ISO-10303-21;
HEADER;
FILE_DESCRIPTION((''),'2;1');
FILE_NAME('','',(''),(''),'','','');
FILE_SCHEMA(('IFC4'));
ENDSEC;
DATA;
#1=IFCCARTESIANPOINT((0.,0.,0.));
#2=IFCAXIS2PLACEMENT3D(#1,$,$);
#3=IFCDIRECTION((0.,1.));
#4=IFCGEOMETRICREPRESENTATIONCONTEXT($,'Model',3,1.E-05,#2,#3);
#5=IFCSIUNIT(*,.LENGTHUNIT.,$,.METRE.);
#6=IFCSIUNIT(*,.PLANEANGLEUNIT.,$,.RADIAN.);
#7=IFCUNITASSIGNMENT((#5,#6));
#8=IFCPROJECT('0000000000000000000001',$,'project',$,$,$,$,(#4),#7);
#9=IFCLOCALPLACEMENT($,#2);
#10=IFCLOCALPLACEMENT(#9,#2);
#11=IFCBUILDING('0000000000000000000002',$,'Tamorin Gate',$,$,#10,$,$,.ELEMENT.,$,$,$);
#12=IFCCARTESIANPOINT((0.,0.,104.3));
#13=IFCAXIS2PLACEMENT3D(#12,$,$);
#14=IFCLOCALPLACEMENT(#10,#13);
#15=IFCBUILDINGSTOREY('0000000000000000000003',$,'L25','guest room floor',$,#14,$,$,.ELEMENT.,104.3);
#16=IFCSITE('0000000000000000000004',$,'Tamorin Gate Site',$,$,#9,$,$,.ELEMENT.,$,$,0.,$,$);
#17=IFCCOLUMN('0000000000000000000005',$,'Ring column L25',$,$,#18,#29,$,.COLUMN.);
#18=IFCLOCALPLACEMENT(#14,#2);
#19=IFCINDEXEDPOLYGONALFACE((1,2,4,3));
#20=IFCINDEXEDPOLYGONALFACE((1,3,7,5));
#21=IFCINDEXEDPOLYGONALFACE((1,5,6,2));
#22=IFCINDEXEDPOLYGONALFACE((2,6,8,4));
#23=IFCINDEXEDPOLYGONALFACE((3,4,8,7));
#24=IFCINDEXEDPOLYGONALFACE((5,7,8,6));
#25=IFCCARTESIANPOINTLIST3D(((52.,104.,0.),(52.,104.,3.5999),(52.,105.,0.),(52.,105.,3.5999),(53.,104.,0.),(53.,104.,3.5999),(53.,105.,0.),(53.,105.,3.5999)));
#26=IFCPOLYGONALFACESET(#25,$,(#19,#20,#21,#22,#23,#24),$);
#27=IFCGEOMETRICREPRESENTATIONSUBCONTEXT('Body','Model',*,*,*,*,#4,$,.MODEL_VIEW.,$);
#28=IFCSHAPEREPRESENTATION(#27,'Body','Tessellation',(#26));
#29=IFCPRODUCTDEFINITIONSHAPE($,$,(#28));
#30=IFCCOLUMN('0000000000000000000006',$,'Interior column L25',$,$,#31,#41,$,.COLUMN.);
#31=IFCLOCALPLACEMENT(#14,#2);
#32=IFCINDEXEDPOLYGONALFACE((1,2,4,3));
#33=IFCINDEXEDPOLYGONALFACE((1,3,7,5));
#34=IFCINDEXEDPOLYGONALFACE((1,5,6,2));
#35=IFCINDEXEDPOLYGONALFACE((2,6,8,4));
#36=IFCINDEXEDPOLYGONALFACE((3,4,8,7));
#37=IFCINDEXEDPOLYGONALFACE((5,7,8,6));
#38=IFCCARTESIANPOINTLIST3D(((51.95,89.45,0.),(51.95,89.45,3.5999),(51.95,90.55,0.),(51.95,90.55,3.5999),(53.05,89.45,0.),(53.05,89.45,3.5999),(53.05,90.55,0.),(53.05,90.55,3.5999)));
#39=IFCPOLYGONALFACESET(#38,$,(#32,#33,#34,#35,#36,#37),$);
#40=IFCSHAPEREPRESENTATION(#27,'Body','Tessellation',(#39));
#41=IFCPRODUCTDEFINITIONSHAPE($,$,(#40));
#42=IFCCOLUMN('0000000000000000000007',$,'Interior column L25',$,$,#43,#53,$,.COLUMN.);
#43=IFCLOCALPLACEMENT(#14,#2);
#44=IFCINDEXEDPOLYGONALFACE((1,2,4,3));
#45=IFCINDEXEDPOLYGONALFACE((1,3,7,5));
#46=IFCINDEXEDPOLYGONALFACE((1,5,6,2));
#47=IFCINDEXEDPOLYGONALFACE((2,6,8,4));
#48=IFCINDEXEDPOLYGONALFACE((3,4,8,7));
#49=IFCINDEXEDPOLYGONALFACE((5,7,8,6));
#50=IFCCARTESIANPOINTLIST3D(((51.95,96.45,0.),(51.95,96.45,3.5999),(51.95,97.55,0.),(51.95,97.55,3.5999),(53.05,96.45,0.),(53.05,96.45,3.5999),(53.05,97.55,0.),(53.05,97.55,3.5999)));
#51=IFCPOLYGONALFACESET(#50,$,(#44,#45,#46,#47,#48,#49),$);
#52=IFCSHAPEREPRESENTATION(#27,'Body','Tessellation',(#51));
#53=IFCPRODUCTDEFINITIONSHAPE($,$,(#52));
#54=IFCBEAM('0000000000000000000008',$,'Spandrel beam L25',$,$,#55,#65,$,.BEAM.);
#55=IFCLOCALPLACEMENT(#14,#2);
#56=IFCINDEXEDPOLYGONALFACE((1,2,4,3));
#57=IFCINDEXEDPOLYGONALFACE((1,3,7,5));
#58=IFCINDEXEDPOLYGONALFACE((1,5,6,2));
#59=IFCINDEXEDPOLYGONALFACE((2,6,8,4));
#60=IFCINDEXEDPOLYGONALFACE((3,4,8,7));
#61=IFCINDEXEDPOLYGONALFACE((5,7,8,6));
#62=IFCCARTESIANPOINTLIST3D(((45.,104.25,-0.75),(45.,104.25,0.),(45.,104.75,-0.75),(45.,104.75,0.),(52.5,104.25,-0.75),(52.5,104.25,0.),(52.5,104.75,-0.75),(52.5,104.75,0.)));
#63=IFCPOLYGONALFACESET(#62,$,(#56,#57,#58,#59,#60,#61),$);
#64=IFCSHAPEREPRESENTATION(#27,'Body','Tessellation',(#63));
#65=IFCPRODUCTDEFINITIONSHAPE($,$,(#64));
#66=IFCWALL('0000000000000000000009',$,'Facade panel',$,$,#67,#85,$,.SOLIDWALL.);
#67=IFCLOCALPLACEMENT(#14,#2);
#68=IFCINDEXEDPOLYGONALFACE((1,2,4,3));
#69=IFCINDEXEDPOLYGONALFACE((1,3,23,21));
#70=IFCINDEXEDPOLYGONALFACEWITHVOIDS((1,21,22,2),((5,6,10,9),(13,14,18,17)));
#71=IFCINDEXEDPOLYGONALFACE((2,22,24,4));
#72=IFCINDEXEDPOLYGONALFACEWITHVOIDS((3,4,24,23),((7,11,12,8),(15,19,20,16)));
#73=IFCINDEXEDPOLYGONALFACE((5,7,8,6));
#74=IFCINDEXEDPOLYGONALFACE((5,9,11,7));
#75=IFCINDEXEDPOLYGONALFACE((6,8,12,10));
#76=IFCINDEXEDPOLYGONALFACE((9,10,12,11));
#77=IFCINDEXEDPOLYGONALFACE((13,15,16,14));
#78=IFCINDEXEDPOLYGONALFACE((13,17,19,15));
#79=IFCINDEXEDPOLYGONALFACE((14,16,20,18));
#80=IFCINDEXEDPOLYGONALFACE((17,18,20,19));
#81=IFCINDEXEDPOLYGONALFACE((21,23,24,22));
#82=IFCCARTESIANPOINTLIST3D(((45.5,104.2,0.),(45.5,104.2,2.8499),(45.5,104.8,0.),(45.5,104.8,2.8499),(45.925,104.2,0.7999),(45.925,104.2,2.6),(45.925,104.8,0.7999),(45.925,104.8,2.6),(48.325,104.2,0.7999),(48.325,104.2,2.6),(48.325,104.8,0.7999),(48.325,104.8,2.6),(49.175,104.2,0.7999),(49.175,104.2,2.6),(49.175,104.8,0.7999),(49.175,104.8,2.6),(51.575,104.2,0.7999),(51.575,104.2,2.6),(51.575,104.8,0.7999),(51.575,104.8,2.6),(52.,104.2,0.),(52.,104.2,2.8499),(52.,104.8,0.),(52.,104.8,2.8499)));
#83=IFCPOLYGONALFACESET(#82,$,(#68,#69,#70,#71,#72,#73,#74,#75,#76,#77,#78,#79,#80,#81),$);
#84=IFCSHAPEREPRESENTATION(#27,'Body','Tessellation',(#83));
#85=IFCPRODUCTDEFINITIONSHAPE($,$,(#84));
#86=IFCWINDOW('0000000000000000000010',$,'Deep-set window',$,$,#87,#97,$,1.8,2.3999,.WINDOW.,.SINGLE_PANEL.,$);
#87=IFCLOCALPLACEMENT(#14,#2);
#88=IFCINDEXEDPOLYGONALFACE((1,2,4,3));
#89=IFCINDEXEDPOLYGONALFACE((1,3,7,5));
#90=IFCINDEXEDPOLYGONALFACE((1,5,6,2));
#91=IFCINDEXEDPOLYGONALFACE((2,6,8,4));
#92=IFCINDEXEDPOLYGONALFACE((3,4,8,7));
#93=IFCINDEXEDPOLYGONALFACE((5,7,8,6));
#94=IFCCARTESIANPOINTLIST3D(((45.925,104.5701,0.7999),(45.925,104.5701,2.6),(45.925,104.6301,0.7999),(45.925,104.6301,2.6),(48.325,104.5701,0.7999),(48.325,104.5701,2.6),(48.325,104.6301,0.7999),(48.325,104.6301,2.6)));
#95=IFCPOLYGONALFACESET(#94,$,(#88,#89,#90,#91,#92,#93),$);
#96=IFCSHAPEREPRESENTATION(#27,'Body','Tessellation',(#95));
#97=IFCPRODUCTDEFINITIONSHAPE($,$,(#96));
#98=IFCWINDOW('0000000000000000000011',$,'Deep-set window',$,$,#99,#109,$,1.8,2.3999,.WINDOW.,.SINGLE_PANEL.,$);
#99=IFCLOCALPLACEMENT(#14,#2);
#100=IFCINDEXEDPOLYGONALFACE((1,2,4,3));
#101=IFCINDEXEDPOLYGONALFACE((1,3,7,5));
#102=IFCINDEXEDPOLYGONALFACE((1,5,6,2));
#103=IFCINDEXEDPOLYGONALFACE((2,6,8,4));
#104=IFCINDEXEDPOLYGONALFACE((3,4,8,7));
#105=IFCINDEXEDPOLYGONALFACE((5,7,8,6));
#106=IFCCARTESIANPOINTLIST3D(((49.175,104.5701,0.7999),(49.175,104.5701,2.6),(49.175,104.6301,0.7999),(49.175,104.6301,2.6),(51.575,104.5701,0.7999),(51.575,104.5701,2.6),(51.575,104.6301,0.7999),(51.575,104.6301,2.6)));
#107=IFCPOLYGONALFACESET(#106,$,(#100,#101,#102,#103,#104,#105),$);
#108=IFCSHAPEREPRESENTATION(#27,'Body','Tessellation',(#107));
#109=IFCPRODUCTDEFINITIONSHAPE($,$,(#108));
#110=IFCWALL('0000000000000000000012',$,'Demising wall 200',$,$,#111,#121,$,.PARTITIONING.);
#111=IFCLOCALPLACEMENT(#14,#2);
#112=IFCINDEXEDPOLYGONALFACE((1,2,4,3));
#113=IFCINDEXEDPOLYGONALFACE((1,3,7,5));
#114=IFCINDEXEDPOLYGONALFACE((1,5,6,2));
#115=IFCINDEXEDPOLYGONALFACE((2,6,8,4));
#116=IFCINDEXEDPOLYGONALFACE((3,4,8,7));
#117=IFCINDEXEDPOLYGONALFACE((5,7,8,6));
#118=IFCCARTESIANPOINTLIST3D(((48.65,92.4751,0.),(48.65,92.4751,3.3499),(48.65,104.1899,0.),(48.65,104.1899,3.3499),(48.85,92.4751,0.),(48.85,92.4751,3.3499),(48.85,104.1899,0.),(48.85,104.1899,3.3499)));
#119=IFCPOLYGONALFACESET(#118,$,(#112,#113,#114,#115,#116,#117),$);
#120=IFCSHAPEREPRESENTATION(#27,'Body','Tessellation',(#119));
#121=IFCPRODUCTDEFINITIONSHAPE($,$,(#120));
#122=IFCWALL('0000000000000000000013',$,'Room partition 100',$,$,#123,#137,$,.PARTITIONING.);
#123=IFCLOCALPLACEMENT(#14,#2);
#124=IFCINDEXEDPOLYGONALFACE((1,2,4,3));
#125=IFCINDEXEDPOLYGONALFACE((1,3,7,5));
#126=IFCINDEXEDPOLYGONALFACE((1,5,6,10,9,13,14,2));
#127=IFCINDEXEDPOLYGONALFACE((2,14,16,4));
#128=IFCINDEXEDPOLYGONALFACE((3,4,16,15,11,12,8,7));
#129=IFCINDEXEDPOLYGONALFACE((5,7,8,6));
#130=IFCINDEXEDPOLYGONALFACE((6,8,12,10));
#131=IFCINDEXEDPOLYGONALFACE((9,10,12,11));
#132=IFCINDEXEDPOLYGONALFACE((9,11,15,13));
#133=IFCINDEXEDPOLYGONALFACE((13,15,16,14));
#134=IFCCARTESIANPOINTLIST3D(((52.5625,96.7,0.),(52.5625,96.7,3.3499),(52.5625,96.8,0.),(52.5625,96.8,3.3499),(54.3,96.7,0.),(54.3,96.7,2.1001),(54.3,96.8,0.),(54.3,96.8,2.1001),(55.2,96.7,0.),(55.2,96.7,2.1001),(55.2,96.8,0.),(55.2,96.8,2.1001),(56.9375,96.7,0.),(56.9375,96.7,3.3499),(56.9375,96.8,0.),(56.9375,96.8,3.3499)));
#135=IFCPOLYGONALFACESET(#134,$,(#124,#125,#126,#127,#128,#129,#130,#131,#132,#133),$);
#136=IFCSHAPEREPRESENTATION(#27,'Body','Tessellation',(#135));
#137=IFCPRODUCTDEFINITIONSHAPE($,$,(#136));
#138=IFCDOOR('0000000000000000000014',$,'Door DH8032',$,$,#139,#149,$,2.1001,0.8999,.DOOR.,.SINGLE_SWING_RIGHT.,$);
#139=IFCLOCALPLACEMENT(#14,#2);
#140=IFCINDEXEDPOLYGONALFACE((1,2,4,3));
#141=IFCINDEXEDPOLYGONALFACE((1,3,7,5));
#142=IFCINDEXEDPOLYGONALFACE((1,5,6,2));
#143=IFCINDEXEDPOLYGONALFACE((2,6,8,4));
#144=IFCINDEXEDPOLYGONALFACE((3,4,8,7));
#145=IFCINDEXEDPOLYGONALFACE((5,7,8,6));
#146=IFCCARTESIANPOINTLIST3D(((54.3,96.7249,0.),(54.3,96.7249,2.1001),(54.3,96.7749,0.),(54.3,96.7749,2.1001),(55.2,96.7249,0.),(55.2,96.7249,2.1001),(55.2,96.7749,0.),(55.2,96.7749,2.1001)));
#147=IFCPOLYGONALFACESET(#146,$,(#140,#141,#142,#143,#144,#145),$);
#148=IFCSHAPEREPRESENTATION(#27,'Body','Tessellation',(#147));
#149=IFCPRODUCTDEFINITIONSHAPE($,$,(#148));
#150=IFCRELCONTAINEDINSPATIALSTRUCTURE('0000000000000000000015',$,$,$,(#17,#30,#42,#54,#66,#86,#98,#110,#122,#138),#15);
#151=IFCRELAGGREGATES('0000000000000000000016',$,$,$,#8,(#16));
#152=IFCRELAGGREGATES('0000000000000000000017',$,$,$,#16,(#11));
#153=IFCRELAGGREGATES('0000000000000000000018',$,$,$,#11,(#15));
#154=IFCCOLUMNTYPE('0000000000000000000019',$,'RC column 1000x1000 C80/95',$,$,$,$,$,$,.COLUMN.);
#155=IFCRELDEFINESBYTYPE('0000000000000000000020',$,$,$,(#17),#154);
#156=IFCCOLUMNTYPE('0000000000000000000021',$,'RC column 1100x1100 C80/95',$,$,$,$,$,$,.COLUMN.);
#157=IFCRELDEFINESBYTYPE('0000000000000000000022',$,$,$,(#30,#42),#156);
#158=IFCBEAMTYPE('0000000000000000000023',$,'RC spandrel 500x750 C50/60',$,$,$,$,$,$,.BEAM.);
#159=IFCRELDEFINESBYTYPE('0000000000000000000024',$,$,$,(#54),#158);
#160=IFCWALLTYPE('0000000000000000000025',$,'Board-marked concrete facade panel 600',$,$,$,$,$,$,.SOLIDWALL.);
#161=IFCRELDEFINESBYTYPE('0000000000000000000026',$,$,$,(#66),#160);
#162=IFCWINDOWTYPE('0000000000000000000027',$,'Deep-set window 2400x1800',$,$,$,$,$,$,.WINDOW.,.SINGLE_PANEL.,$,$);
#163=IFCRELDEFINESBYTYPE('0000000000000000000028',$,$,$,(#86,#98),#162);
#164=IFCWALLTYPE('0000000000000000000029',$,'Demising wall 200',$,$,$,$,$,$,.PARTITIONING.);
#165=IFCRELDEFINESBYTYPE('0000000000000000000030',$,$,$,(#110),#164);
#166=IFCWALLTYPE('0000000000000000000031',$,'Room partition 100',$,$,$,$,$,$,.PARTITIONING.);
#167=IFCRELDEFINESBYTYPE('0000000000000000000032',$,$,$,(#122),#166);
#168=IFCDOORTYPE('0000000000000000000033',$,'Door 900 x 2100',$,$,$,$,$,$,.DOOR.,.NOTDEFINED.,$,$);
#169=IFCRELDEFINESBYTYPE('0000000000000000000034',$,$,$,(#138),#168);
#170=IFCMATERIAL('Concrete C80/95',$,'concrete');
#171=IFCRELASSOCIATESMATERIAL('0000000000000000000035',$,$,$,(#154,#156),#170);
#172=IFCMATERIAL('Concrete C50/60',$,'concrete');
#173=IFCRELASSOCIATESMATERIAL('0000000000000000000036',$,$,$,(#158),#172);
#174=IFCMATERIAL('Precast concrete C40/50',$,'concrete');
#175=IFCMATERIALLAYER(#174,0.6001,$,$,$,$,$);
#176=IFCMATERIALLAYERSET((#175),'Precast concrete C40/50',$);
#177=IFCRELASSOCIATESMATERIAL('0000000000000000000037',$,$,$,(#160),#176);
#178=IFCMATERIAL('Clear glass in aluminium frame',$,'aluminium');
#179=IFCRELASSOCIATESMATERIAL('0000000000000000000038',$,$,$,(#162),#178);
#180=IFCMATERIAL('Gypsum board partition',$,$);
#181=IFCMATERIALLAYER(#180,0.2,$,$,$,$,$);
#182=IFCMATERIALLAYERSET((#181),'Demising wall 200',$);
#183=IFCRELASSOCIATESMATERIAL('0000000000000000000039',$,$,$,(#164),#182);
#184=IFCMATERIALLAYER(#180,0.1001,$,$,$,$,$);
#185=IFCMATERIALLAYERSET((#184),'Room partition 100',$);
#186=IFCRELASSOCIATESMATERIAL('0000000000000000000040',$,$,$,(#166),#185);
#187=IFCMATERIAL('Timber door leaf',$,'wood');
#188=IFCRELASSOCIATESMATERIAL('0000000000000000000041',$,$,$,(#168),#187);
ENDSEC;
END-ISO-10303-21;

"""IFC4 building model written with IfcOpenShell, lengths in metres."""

from ifc_helpers import new_model, si_unit, direction, frame, frame_2d, origin, origin_2d, place, context, subcontext, project, spatial, rectangle, extrude, material, layer, layer_set, material_profile, profile_set, type_object, element, fill, save


model = new_model("IFC4")

# Units and contexts
model_context = context("Model", 3, precision=1e-05, world=origin(), true_north=direction((0.0, 1.0)))
body_context = subcontext(model_context, "Body", "Model", "MODEL_VIEW")
ifc_project = project(units=[si_unit("LENGTHUNIT", "METRE"), si_unit("PLANEANGLEUNIT", "RADIAN")], contexts=[model_context])

# Site, building, storey
site_placement = place(None, origin())
site = spatial("IfcSite", under=ifc_project, at=site_placement, Name="Tamorin Gate Site", CompositionType="ELEMENT", RefElevation=0.0)
building_placement = place(site_placement, origin())
building = spatial("IfcBuilding", under=site, at=building_placement, Name="Tamorin Gate", CompositionType="ELEMENT")
storey_placement = place(building_placement, frame((0.0, 0.0, 104.3)))
storey = spatial("IfcBuildingStorey", under=building, at=storey_placement, Name="L25", Description="guest room floor", CompositionType="ELEMENT", Elevation=104.3)

# Columns
ifc_material_1 = material(Name="Concrete C80/95", Category="concrete")
ifc_material_profile_1 = material_profile(ifc_material_1, rectangle(XDim=1.0, YDim=1.0, at=origin_2d()), Name="RC 1000x1000")
ifc_profile_set_1 = profile_set([ifc_material_profile_1], Name="Concrete C80/95")
column_type_1 = type_object("IfcColumnType", Name="RC column 1000x1000 C80/95", PredefinedType="COLUMN", material=ifc_profile_set_1)
column_placement = place(storey_placement, frame((52.5, 104.5, 0.0), z_axis=(0.0, 0.0, 1.0), x_axis=(1.0, 0.0, 0.0)))
element("IfcColumn", 1, at=column_placement, inside=storey, type_object=column_type_1, Name="Ring column L25", PredefinedType="COLUMN", context=body_context, shape_type="SweptSolid", body=[
    extrude(rectangle(XDim=1.0, YDim=1.0, at=origin_2d()), origin(), (0.0, 0.0, 1.0), 3.5999),
])
ifc_material_profile_2 = material_profile(ifc_material_1, rectangle(XDim=1.1001, YDim=1.1001, at=origin_2d()), Name="RC 1100x1100")
ifc_profile_set_2 = profile_set([ifc_material_profile_2], Name="Concrete C80/95")
column_type_2 = type_object("IfcColumnType", Name="RC column 1100x1100 C80/95", PredefinedType="COLUMN", material=ifc_profile_set_2)
for number, where, z_axis, x_axis, name in (
    (2, (52.5, 90.0, 0.0), (0.0, 0.0, 1.0), (1.0, 0.0, 0.0), "Interior column L25"),
    (3, (52.5, 97.0, 0.0), (0.0, 0.0, 1.0), (1.0, 0.0, 0.0), "Interior column L25"),
):
    element("IfcColumn", number, at=place(storey_placement, frame(where, z_axis=z_axis, x_axis=x_axis)), inside=storey, type_object=column_type_2, Name=name, PredefinedType="COLUMN", context=body_context, shape_type="SweptSolid", body=[
        extrude(rectangle(XDim=1.1001, YDim=1.1001, at=origin_2d()), origin(), (0.0, 0.0, 1.0), 3.5999),
    ])

# Beam
ifc_material_2 = material(Name="Concrete C50/60", Category="concrete")
ifc_material_profile_3 = material_profile(ifc_material_2, rectangle(XDim=0.5, YDim=0.75, at=origin_2d()), Name="RC 500x750")
ifc_profile_set_3 = profile_set([ifc_material_profile_3], Name="Concrete C50/60")
beam_type = type_object("IfcBeamType", Name="RC spandrel 500x750 C50/60", PredefinedType="BEAM", material=ifc_profile_set_3)
beam_placement = place(storey_placement, frame((52.5, 104.5, -0.375), z_axis=(-1.0, 0.0, 0.0), x_axis=(0.0, -1.0, 0.0)))
element("IfcBeam", 4, at=beam_placement, inside=storey, type_object=beam_type, Name="Spandrel beam L25", PredefinedType="BEAM", context=body_context, shape_type="SweptSolid", body=[
    extrude(rectangle(XDim=0.5, YDim=0.75, at=origin_2d()), origin(), (0.0, 0.0, 1.0), 7.5),
])

# Wall, openings, windows
ifc_material_3 = material(Name="Precast concrete C40/50", Category="concrete")
ifc_layer_1 = layer(ifc_material_3, 0.6001)
ifc_layer_set_1 = layer_set([ifc_layer_1], Name="Precast concrete C40/50")
wall_type_1 = type_object("IfcWallType", Name="Board-marked concrete facade panel 600", PredefinedType="SOLIDWALL", material=ifc_layer_set_1)
wall_1_placement = place(storey_placement, frame((52.0, 104.5, 0.0), z_axis=(0.0, 0.0, 1.0), x_axis=(-1.0, 0.0, 0.0)))
wall_1 = element("IfcWall", 5, at=wall_1_placement, inside=storey, type_object=wall_type_1, Name="Facade panel", PredefinedType="SOLIDWALL", context=body_context, shape_type="SweptSolid", body=[
    extrude(rectangle(XDim=6.5, YDim=0.6001, at=frame_2d((3.25, 0.0))), origin(), (0.0, 0.0, 1.0), 2.8499),
])
opening_1_placement = place(wall_1_placement, frame((3.675, 0.0, 0.8)))
opening_1 = element("IfcOpeningElement", 6, at=opening_1_placement, cuts=wall_1, PredefinedType="OPENING", context=body_context, shape_type="SweptSolid", body=[
    extrude(rectangle(XDim=2.3999, YDim=1.8, at=frame_2d((1.2, 0.8999))), frame((0.0, 0.3101, 0.0), z_axis=(0.0, -1.0, 0.0), x_axis=(1.0, 0.0, 0.0)), (0.0, 0.0, 1.0), 0.6201),
])
opening_2_placement = place(wall_1_placement, frame((0.425, 0.0, 0.8)))
opening_2 = element("IfcOpeningElement", 7, at=opening_2_placement, cuts=wall_1, PredefinedType="OPENING", context=body_context, shape_type="SweptSolid", body=[
    extrude(rectangle(XDim=2.3999, YDim=1.8, at=frame_2d((1.2, 0.8999))), frame((0.0, 0.3101, 0.0), z_axis=(0.0, -1.0, 0.0), x_axis=(1.0, 0.0, 0.0)), (0.0, 0.0, 1.0), 0.6201),
])
ifc_material_4 = material(Name="Clear glass in aluminium frame", Category="aluminium")
window_type = type_object("IfcWindowType", Name="Deep-set window 2400x1800", PartitioningType="SINGLE_PANEL", PredefinedType="WINDOW", material=ifc_material_4)
window_1_placement = place(opening_1_placement, origin())
window_1 = element("IfcWindow", 8, at=window_1_placement, inside=storey, type_object=window_type, Name="Deep-set window", OverallHeight=1.8, OverallWidth=2.3999, PartitioningType="SINGLE_PANEL", PredefinedType="WINDOW", context=body_context, shape_type="SweptSolid", body=[
    extrude(rectangle(XDim=2.3999, YDim=1.8, at=frame_2d((1.2, 0.8999))), frame((0.0, -0.0701, 0.0), z_axis=(0.0, -1.0, 0.0), x_axis=(1.0, 0.0, 0.0)), (0.0, 0.0, 1.0), 0.0601),
])
fill(opening_1, window_1)
window_2_placement = place(opening_2_placement, origin())
window_2 = element("IfcWindow", 9, at=window_2_placement, inside=storey, type_object=window_type, Name="Deep-set window", OverallHeight=1.8, OverallWidth=2.3999, PartitioningType="SINGLE_PANEL", PredefinedType="WINDOW", context=body_context, shape_type="SweptSolid", body=[
    extrude(rectangle(XDim=2.3999, YDim=1.8, at=frame_2d((1.2, 0.8999))), frame((0.0, -0.0701, 0.0), z_axis=(0.0, -1.0, 0.0), x_axis=(1.0, 0.0, 0.0)), (0.0, 0.0, 1.0), 0.0601),
])
fill(opening_2, window_2)

# Wall
ifc_material_5 = material(Name="Gypsum board partition")
ifc_layer_2 = layer(ifc_material_5, 0.2)
ifc_layer_set_2 = layer_set([ifc_layer_2], Name="Demising wall 200")
wall_type_2 = type_object("IfcWallType", Name="Demising wall 200", PredefinedType="PARTITIONING", material=ifc_layer_set_2)
wall_2_placement = place(storey_placement, frame((48.75, 92.4751, 0.0), z_axis=(0.0, 0.0, 1.0), x_axis=(0.0, 1.0, 0.0)))
element("IfcWall", 10, at=wall_2_placement, inside=storey, type_object=wall_type_2, Name="Demising wall 200", PredefinedType="PARTITIONING", context=body_context, shape_type="SweptSolid", body=[
    extrude(rectangle(XDim=11.7148, YDim=0.2, at=frame_2d((5.8574, 0.0))), origin(), (0.0, 0.0, 1.0), 3.3499),
])

# Wall, opening, door
ifc_layer_3 = layer(ifc_material_5, 0.1001)
ifc_layer_set_3 = layer_set([ifc_layer_3], Name="Room partition 100")
wall_type_3 = type_object("IfcWallType", Name="Room partition 100", PredefinedType="PARTITIONING", material=ifc_layer_set_3)
wall_3_placement = place(storey_placement, frame((52.5625, 96.75, 0.0), z_axis=(0.0, 0.0, 1.0), x_axis=(1.0, 0.0, 0.0)))
wall_3 = element("IfcWall", 11, at=wall_3_placement, inside=storey, type_object=wall_type_3, Name="Room partition 100", PredefinedType="PARTITIONING", context=body_context, shape_type="SweptSolid", body=[
    extrude(rectangle(XDim=4.375, YDim=0.1001, at=frame_2d((2.1875, 0.0))), origin(), (0.0, 0.0, 1.0), 3.3499),
])
opening_3_placement = place(wall_3_placement, frame((1.7375, 0.0, 0.0)))
opening_3 = element("IfcOpeningElement", 12, at=opening_3_placement, cuts=wall_3, PredefinedType="OPENING", context=body_context, shape_type="SweptSolid", body=[
    extrude(rectangle(XDim=0.8999, YDim=2.1001, at=frame_2d((0.45, 1.05))), frame((0.0, 0.0601, 0.0), z_axis=(0.0, -1.0, 0.0), x_axis=(1.0, 0.0, 0.0)), (0.0, 0.0, 1.0), 0.1201),
])
ifc_material_6 = material(Name="Timber door leaf", Category="wood")
door_type = type_object("IfcDoorType", Name="Door 900 x 2100", OperationType="NOTDEFINED", PredefinedType="DOOR", material=ifc_material_6)
door_1_placement = place(opening_3_placement, origin())
door_1 = element("IfcDoor", 13, at=door_1_placement, inside=storey, type_object=door_type, Name="Door DH8032", OperationType="SINGLE_SWING_RIGHT", OverallHeight=2.1001, OverallWidth=0.8999, PredefinedType="DOOR", context=body_context, shape_type="SweptSolid", body=[
    extrude(rectangle(XDim=0.8999, YDim=2.1001, at=frame_2d((0.45, 1.05))), frame((0.0, 0.0249, 0.0), z_axis=(0.0, -1.0, 0.0), x_axis=(1.0, 0.0, 0.0)), (0.0, 0.0, 1.0), 0.05),
])
fill(opening_3, door_1)

save(model, "model.ifc")
